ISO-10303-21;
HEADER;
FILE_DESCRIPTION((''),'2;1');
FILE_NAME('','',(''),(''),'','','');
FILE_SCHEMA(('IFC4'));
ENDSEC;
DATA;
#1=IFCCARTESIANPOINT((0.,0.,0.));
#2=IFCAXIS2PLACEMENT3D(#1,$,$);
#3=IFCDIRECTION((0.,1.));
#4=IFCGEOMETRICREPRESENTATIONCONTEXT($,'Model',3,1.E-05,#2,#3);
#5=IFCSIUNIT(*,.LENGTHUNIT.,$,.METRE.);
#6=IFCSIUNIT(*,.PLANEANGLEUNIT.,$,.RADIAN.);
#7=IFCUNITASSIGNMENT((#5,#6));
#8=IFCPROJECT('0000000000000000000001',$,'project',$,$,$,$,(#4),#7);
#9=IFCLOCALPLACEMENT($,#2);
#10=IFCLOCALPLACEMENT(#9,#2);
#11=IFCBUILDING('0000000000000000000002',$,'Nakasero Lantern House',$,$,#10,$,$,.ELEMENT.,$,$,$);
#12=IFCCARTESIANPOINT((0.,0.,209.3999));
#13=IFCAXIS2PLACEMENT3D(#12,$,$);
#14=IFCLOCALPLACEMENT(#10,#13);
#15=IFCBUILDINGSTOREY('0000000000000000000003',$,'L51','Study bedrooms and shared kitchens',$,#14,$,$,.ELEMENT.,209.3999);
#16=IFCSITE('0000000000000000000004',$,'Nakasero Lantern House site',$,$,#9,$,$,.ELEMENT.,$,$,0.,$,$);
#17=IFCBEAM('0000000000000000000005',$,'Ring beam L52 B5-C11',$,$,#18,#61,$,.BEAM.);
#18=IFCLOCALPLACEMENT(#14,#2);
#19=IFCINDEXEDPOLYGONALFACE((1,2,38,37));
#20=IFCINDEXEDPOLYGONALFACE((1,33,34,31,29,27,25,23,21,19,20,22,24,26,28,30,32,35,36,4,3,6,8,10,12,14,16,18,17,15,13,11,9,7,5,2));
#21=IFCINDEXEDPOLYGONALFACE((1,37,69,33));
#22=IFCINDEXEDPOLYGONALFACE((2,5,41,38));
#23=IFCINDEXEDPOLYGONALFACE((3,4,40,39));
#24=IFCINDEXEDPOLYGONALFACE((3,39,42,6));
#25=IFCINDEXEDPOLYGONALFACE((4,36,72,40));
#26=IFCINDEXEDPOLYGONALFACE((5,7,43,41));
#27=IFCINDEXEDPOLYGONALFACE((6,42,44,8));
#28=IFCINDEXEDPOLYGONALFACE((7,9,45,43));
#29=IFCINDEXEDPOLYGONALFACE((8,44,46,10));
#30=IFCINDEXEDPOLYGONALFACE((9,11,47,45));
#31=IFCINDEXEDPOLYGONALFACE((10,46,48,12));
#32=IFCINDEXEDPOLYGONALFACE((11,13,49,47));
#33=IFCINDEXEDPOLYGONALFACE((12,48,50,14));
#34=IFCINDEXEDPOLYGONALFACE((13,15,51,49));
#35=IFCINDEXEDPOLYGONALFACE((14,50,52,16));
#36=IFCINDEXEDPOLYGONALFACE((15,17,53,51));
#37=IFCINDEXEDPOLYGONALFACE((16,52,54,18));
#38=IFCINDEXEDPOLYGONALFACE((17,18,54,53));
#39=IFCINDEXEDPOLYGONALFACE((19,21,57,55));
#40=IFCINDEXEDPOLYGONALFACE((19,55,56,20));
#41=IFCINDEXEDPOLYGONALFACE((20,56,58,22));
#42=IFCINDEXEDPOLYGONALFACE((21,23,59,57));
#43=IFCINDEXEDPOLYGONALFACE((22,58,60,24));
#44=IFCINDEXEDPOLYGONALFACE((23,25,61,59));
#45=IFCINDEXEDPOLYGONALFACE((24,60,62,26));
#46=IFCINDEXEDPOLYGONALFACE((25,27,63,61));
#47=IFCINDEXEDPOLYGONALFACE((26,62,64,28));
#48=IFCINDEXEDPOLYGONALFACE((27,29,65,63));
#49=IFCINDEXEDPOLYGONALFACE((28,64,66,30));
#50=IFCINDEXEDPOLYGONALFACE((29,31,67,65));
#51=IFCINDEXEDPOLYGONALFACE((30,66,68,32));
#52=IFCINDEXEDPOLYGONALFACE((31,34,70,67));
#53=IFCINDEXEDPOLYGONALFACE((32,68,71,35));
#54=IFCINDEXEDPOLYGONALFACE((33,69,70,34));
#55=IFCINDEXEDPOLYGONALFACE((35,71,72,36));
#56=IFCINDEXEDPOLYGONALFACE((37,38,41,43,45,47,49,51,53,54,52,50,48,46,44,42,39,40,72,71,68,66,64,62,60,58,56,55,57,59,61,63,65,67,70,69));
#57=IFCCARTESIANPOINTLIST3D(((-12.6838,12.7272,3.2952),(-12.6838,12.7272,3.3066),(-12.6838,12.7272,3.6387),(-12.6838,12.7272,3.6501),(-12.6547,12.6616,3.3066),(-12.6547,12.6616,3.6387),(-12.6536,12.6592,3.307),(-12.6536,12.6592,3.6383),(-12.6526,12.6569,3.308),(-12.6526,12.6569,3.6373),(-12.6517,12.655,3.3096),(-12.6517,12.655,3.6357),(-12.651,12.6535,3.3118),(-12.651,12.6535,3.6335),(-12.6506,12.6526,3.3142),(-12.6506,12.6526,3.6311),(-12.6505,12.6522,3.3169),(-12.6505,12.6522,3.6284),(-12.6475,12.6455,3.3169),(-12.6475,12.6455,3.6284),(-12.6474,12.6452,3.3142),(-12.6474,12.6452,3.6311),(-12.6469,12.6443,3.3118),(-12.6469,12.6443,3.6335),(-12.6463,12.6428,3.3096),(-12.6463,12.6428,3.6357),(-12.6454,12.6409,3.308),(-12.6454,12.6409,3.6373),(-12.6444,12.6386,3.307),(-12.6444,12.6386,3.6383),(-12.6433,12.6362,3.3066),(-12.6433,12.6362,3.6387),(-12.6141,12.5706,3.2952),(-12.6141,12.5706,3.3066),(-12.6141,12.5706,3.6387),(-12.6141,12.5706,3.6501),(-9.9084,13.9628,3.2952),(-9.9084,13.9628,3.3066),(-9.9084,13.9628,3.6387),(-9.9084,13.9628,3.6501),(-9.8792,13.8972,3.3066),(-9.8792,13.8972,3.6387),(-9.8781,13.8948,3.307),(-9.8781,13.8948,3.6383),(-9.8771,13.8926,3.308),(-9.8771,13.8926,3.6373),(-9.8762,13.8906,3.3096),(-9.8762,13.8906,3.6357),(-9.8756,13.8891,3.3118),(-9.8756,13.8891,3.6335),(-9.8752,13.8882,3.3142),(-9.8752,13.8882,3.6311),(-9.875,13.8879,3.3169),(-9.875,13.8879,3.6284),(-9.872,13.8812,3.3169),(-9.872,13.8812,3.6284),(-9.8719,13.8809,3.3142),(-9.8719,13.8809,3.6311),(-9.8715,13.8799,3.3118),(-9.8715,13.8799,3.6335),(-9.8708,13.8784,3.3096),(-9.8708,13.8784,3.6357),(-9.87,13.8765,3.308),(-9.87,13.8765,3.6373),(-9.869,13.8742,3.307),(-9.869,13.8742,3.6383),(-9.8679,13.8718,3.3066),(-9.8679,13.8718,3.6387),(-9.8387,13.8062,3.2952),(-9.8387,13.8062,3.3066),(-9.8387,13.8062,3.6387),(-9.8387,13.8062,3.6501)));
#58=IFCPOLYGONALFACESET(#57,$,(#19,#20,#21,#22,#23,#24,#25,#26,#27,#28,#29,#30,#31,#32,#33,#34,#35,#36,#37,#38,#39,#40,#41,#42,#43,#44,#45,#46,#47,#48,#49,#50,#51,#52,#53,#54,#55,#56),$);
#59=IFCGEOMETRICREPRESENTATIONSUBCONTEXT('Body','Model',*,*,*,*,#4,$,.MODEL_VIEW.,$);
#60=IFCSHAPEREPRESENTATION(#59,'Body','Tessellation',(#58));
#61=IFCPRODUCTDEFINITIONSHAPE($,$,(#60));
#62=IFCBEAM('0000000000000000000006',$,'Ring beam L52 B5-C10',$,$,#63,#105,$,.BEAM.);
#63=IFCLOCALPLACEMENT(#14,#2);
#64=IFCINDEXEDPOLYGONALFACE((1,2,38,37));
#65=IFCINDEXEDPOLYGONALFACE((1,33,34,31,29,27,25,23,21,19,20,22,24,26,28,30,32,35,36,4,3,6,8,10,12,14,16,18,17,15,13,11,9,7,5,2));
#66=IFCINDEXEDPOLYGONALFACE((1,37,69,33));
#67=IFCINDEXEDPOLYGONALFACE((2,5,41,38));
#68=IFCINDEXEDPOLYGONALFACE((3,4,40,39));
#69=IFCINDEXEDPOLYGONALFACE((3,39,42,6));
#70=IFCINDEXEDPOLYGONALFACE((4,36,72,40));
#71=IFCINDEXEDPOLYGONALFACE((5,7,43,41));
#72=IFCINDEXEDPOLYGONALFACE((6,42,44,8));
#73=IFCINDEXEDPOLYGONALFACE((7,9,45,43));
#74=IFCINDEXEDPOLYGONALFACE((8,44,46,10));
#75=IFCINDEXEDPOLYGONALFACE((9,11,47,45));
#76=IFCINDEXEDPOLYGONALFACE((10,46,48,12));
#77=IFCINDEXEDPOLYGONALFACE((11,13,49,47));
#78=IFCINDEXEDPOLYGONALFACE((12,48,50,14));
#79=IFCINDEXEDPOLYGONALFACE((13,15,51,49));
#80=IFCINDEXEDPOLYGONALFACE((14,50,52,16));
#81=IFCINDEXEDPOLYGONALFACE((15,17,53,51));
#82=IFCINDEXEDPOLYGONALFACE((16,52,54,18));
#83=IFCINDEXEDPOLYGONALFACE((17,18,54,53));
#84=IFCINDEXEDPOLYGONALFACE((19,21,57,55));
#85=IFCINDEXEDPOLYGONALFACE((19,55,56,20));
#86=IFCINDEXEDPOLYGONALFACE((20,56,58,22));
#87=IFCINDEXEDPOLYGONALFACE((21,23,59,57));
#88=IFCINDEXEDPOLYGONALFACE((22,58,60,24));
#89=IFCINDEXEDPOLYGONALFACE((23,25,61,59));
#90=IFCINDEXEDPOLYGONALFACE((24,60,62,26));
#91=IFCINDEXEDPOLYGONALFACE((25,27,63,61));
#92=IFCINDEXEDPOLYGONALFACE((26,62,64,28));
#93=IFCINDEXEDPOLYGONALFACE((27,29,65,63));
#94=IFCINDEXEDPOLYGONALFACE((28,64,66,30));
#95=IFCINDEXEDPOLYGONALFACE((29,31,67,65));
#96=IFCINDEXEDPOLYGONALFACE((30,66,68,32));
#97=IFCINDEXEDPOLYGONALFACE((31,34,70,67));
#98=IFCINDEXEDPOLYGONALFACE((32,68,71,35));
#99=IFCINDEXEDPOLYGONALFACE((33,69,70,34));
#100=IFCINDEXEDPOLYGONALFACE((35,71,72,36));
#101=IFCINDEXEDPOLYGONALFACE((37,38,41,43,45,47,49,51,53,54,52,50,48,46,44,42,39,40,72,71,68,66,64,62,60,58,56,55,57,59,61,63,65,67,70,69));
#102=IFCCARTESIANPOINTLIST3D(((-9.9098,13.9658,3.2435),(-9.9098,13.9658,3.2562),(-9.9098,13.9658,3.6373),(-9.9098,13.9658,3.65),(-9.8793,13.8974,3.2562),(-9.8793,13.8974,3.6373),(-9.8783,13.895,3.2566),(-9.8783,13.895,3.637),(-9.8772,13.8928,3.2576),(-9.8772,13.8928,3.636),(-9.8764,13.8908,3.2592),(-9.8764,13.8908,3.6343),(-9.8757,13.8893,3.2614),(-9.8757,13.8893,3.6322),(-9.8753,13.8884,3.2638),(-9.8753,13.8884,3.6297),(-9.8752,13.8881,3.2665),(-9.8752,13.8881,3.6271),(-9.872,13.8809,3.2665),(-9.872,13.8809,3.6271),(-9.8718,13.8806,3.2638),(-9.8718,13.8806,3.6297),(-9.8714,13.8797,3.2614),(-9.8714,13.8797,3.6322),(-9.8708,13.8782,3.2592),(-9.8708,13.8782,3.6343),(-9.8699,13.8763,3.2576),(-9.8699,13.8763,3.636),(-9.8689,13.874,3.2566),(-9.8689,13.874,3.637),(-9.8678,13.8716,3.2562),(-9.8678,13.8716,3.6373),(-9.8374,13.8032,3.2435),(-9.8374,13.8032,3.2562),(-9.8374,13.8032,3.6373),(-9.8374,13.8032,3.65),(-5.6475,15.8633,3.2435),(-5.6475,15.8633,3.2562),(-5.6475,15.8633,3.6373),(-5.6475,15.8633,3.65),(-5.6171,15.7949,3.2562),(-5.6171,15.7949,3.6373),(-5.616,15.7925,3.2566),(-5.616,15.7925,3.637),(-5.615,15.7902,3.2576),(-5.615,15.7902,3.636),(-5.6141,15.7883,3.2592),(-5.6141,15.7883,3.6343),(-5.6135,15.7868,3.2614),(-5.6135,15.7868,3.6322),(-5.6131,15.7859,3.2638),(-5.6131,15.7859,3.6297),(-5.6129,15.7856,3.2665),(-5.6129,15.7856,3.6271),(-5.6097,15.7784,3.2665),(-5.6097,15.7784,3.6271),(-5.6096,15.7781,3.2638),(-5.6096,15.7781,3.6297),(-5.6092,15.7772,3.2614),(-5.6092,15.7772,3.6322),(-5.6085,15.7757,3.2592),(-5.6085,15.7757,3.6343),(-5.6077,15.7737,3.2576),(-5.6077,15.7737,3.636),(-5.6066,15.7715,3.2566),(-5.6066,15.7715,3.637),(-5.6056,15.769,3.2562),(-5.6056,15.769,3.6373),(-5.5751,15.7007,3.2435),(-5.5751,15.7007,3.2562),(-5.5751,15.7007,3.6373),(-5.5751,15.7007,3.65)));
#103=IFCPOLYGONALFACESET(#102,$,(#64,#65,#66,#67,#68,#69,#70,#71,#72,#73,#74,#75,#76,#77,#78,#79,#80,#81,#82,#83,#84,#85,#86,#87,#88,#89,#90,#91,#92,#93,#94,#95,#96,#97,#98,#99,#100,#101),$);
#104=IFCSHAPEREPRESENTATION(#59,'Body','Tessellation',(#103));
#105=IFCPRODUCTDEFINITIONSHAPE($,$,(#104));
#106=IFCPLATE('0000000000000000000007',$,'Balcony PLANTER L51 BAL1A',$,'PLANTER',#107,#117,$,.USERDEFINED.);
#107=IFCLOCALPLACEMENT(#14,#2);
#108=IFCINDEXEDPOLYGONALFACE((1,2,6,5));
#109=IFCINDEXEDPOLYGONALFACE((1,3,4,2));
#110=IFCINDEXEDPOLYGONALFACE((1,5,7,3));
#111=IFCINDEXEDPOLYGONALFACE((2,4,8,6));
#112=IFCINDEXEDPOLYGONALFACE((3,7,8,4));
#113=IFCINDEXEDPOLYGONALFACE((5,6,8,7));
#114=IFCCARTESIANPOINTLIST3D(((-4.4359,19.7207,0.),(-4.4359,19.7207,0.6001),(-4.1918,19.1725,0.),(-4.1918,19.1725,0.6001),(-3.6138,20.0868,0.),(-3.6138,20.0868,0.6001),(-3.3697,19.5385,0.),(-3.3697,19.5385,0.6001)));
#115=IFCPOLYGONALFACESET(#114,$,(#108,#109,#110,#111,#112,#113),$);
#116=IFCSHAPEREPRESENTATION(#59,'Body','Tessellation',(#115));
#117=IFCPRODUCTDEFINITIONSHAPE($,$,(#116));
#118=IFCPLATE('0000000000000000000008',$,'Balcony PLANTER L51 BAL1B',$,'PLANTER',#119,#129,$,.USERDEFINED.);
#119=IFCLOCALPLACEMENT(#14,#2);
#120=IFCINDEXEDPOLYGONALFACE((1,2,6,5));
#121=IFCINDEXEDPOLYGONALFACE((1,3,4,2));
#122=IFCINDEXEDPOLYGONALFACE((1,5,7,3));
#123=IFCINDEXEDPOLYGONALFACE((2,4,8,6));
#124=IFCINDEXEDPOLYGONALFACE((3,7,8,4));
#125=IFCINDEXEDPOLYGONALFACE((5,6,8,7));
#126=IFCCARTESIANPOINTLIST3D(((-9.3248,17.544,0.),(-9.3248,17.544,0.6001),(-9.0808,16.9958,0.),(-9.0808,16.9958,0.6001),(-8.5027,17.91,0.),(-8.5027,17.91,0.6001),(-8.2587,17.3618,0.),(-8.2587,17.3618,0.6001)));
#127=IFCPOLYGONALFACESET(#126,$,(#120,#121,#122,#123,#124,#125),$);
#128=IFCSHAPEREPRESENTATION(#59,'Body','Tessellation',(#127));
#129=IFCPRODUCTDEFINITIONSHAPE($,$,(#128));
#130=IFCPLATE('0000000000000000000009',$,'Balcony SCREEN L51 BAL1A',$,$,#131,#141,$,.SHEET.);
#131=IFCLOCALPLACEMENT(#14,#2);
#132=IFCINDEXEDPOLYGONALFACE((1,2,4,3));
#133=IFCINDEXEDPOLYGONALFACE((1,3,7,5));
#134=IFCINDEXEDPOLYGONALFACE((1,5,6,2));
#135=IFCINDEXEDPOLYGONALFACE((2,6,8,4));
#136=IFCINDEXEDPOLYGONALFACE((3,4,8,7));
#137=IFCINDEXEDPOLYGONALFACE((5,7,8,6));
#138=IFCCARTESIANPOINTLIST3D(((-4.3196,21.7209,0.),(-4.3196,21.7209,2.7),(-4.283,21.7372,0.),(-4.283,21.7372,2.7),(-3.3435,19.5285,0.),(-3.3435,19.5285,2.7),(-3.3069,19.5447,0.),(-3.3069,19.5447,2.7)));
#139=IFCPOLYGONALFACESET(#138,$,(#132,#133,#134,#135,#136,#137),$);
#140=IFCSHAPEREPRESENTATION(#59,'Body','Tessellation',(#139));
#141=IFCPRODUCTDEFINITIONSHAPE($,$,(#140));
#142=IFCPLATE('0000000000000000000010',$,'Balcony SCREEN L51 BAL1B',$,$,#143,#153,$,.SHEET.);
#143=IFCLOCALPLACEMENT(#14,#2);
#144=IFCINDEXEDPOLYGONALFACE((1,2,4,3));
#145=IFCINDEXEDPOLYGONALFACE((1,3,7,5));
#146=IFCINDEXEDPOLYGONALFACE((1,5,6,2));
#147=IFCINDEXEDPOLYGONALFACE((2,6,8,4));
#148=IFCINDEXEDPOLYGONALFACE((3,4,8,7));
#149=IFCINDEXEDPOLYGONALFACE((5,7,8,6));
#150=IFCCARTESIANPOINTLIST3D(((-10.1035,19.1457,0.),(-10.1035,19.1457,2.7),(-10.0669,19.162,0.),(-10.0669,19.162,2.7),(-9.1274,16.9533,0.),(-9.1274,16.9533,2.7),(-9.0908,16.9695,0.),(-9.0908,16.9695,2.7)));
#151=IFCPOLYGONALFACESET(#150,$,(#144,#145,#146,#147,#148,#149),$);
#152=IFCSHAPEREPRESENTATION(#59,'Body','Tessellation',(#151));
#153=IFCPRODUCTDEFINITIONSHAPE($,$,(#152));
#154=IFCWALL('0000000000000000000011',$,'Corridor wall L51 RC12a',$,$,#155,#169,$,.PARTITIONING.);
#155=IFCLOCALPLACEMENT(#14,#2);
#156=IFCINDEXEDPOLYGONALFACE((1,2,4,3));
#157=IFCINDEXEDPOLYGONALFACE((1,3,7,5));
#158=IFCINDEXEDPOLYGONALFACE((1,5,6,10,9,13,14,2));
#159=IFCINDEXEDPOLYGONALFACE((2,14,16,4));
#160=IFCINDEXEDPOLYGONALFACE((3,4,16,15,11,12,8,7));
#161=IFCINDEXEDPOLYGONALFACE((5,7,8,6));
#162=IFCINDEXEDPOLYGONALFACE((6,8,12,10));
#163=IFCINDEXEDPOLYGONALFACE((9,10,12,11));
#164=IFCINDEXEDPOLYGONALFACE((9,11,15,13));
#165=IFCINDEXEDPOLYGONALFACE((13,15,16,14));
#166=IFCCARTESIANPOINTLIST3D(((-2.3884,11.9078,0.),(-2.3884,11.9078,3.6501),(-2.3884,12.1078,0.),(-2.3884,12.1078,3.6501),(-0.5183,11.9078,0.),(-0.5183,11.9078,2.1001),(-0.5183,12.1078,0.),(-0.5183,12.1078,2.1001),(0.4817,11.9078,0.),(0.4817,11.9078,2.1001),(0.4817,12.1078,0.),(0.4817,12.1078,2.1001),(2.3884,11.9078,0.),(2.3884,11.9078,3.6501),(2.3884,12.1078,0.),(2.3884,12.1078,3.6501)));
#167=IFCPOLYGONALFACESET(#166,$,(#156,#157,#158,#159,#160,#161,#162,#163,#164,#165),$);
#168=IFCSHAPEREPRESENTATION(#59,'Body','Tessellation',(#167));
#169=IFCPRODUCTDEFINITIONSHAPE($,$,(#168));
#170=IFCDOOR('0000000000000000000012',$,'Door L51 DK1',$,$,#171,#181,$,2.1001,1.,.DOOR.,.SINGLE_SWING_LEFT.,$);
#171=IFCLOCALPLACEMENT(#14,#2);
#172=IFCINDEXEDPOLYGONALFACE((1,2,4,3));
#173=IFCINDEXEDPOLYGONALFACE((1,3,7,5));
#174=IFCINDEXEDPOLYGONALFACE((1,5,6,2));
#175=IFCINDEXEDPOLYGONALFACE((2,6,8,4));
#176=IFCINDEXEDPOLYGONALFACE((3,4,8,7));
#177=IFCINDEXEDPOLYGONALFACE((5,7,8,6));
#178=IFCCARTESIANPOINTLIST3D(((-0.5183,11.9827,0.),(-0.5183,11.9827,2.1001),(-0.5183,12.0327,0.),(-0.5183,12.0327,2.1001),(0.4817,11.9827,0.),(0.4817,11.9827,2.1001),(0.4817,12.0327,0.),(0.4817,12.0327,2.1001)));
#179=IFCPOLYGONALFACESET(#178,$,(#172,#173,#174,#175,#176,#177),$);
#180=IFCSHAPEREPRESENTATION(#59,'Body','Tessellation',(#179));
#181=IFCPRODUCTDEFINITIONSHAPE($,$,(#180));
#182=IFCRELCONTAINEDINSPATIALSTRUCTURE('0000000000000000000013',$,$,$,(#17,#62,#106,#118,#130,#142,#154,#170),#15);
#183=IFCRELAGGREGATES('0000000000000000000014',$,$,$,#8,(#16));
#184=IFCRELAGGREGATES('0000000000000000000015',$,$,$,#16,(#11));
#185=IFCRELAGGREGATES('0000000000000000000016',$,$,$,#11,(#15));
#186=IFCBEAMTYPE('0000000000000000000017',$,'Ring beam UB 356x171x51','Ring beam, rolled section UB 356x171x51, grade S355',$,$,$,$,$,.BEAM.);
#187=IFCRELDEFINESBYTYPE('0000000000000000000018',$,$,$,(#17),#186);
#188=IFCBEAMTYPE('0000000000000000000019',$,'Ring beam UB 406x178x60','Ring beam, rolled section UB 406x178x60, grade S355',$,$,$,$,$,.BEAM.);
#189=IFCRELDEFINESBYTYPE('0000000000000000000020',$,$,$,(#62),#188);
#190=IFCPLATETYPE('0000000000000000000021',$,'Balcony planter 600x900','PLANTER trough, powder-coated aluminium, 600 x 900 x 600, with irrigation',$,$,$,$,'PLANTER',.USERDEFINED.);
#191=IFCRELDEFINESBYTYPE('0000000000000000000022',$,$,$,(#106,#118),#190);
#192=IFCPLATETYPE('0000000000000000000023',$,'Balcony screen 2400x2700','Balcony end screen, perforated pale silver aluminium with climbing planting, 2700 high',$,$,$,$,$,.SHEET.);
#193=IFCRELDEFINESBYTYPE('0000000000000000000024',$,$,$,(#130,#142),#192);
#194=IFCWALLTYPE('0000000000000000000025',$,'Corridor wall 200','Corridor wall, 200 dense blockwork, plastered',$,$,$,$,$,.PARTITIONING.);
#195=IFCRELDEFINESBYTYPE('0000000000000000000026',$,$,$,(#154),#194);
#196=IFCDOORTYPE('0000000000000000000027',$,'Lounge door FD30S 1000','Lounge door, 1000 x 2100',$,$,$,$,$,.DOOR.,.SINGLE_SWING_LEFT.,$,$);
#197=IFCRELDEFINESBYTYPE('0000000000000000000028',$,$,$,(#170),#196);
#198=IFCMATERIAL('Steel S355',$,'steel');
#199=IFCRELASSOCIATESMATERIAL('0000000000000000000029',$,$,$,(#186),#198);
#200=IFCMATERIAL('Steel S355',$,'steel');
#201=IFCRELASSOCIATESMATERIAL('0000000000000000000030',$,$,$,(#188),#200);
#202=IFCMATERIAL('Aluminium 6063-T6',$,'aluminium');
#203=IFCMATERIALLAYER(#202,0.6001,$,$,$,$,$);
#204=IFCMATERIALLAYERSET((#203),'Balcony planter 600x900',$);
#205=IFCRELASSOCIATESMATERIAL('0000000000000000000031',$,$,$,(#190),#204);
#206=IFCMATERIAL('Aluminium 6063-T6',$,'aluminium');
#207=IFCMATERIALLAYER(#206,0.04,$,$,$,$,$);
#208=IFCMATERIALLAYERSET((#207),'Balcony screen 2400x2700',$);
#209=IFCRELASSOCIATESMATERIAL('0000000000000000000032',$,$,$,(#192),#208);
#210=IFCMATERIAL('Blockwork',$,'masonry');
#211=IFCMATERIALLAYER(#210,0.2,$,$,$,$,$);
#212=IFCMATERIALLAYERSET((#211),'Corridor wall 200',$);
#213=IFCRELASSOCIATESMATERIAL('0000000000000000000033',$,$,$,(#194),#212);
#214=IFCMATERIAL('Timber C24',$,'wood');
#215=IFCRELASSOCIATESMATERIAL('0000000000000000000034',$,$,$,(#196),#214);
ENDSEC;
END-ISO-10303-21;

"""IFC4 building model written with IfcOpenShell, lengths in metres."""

from ifc_helpers import new_model, si_unit, direction, frame, frame_2d, origin, origin_2d, place, context, subcontext, project, spatial, rectangle, i_section, extrude, material, layer, layer_set, material_profile, profile_set, type_object, element, fill, save


model = new_model("IFC4")

# Units and contexts
model_context = context("Model", 3, precision=1e-05, world=origin(), true_north=direction((0.0, 1.0)))
body_context = subcontext(model_context, "Body", "Model", "MODEL_VIEW")
ifc_project = project(units=[si_unit("LENGTHUNIT", "METRE"), si_unit("PLANEANGLEUNIT", "RADIAN")], contexts=[model_context])

# Site, building, storey
site_placement = place(None, origin())
site = spatial("IfcSite", under=ifc_project, at=site_placement, Name="Nakasero Lantern House site", CompositionType="ELEMENT", RefElevation=0.0)
building_placement = place(site_placement, origin())
building = spatial("IfcBuilding", under=site, at=building_placement, Name="Nakasero Lantern House", CompositionType="ELEMENT")
storey_placement = place(building_placement, frame((0.0, 0.0, 209.3999)))
storey = spatial("IfcBuildingStorey", under=building, at=storey_placement, Name="L51", Description="Study bedrooms and shared kitchens", CompositionType="ELEMENT", Elevation=209.3999)

# Beams
ifc_material_1 = material(Name="Steel S355", Category="steel")
ifc_material_profile_1 = material_profile(ifc_material_1, i_section(OverallWidth=0.1714, OverallDepth=0.355, WebThickness=0.0073, FlangeThickness=0.0115, FilletRadius=0.0103, at=origin_2d()), Name="UB 356x171x51")
ifc_profile_set_1 = profile_set([ifc_material_profile_1], Name="Steel S355")
beam_type_1 = type_object("IfcBeamType", Name="Ring beam UB 356x171x51", Description="Ring beam, rolled section UB 356x171x51, grade S355", PredefinedType="BEAM", material=ifc_profile_set_1)
beam_1_placement = place(storey_placement, frame((-9.8735, 13.8845, 3.4727), z_axis=(-0.913556, -0.406713, 0.0), x_axis=(0.406713, -0.913556, 0.0)))
element("IfcBeam", 1, at=beam_1_placement, inside=storey, type_object=beam_type_1, Name="Ring beam L52 B5-C11", PredefinedType="BEAM", context=body_context, shape_type="SweptSolid", body=[
    extrude(i_section(OverallWidth=0.1714, OverallDepth=0.355, WebThickness=0.0073, FlangeThickness=0.0115, FilletRadius=0.0103, at=origin_2d()), origin(), (0.0, 0.0, 1.0), 3.0381),
])
ifc_material_2 = material(Name="Steel S355", Category="steel")
ifc_material_profile_2 = material_profile(ifc_material_2, i_section(OverallWidth=0.178, OverallDepth=0.4065, WebThickness=0.0078, FlangeThickness=0.0127, FilletRadius=0.0103, at=origin_2d()), Name="UB 406x178x60")
ifc_profile_set_2 = profile_set([ifc_material_profile_2], Name="Steel S355")
beam_type_2 = type_object("IfcBeamType", Name="Ring beam UB 406x178x60", Description="Ring beam, rolled section UB 406x178x60, grade S355", PredefinedType="BEAM", material=ifc_profile_set_2)
beam_2_placement = place(storey_placement, frame((-5.6113, 15.782, 3.4468), z_axis=(-0.913561, -0.406702, 0.0), x_axis=(0.406702, -0.913561, 0.0)))
element("IfcBeam", 2, at=beam_2_placement, inside=storey, type_object=beam_type_2, Name="Ring beam L52 B5-C10", PredefinedType="BEAM", context=body_context, shape_type="SweptSolid", body=[
    extrude(i_section(OverallWidth=0.178, OverallDepth=0.4065, WebThickness=0.0078, FlangeThickness=0.0127, FilletRadius=0.0103, at=origin_2d()), origin(), (0.0, 0.0, 1.0), 4.6655),
])

# Plates
ifc_material_3 = material(Name="Aluminium 6063-T6", Category="aluminium")
ifc_layer_1 = layer(ifc_material_3, 0.6001)
ifc_layer_set_1 = layer_set([ifc_layer_1], Name="Balcony planter 600x900")
plate_type_1 = type_object("IfcPlateType", Name="Balcony planter 600x900", Description="PLANTER trough, powder-coated aluminium, 600 x 900 x 600, with irrigation", ElementType="PLANTER", PredefinedType="USERDEFINED", material=ifc_layer_set_1)
for number, where, z_axis, x_axis, name in (
    (3, (-3.9028, 19.6296, 0.0), (0.0, 0.0, 1.0), (-0.406737, 0.913545, 0.0), "Balcony PLANTER L51 BAL1A"),
    (4, (-8.7917, 17.4529, 0.0), (0.0, 0.0, 1.0), (-0.406737, 0.913545, 0.0), "Balcony PLANTER L51 BAL1B"),
):
    element("IfcPlate", number, at=place(storey_placement, frame(where, z_axis=z_axis, x_axis=x_axis)), inside=storey, type_object=plate_type_1, Name=name, ObjectType="PLANTER", PredefinedType="USERDEFINED", context=body_context, shape_type="SweptSolid", body=[
        extrude(rectangle(XDim=0.6001, YDim=0.8999, at=origin_2d()), origin(), (0.0, 0.0, 1.0), 0.6001),
    ])
ifc_material_4 = material(Name="Aluminium 6063-T6", Category="aluminium")
ifc_layer_2 = layer(ifc_material_4, 0.04)
ifc_layer_set_2 = layer_set([ifc_layer_2], Name="Balcony screen 2400x2700")
plate_type_2 = type_object("IfcPlateType", Name="Balcony screen 2400x2700", Description="Balcony end screen, perforated pale silver aluminium with climbing planting, 2700 high", PredefinedType="SHEET", material=ifc_layer_set_2)
for number, where, z_axis, x_axis, name in (
    (5, (-3.8132, 20.6328, 0.0), (0.0, 0.0, 1.0), (-0.406737, 0.913545, 0.0), "Balcony SCREEN L51 BAL1A"),
    (6, (-9.5972, 18.0576, 0.0), (0.0, 0.0, 1.0), (-0.406737, 0.913545, 0.0), "Balcony SCREEN L51 BAL1B"),
):
    element("IfcPlate", number, at=place(storey_placement, frame(where, z_axis=z_axis, x_axis=x_axis)), inside=storey, type_object=plate_type_2, Name=name, PredefinedType="SHEET", context=body_context, shape_type="SweptSolid", body=[
        extrude(rectangle(XDim=2.3999, YDim=0.04, at=origin_2d()), origin(), (0.0, 0.0, 1.0), 2.7),
    ])

# Wall, opening, door
ifc_material_5 = material(Name="Blockwork", Category="masonry")
ifc_layer_3 = layer(ifc_material_5, 0.2)
ifc_layer_set_3 = layer_set([ifc_layer_3], Name="Corridor wall 200")
wall_type_1 = type_object("IfcWallType", Name="Corridor wall 200", Description="Corridor wall, 200 dense blockwork, plastered", PredefinedType="PARTITIONING", material=ifc_layer_set_3)
wall_1_placement = place(storey_placement, frame((-2.3884, 12.0078, 0.0), z_axis=(0.0, 0.0, 1.0), x_axis=(1.0, 0.0, 0.0)))
wall_1 = element("IfcWall", 7, at=wall_1_placement, inside=storey, type_object=wall_type_1, Name="Corridor wall L51 RC12a", PredefinedType="PARTITIONING", context=body_context, shape_type="SweptSolid", body=[
    extrude(rectangle(XDim=4.7769, YDim=0.2, at=frame_2d((2.3884, 0.0))), origin(), (0.0, 0.0, 1.0), 3.6501),
])
opening_1_placement = place(wall_1_placement, frame((1.8701, 0.0, 0.0)))
opening_1 = element("IfcOpeningElement", 8, at=opening_1_placement, cuts=wall_1, PredefinedType="OPENING", context=body_context, shape_type="SweptSolid", body=[
    extrude(rectangle(XDim=1.0, YDim=2.1001, at=frame_2d((0.5, 1.05))), frame((0.0, 0.1199, 0.0), z_axis=(0.0, -1.0, 0.0), x_axis=(1.0, 0.0, 0.0)), (0.0, 0.0, 1.0), 0.24),
])
ifc_material_6 = material(Name="Timber C24", Category="wood")
door_type_1 = type_object("IfcDoorType", Name="Lounge door FD30S 1000", Description="Lounge door, 1000 x 2100", OperationType="SINGLE_SWING_LEFT", PredefinedType="DOOR", material=ifc_material_6)
door_1_placement = place(opening_1_placement, origin())
door_1 = element("IfcDoor", 9, at=door_1_placement, inside=storey, type_object=door_type_1, Name="Door L51 DK1", OperationType="SINGLE_SWING_LEFT", OverallHeight=2.1001, OverallWidth=1.0, PredefinedType="DOOR", context=body_context, shape_type="SweptSolid", body=[
    extrude(rectangle(XDim=1.0, YDim=2.1001, at=frame_2d((0.5, 1.05))), frame((0.0, 0.0249, 0.0), z_axis=(0.0, -1.0, 0.0), x_axis=(1.0, 0.0, 0.0)), (0.0, 0.0, 1.0), 0.05),
])
fill(opening_1, door_1)

save(model, "model.ifc")
